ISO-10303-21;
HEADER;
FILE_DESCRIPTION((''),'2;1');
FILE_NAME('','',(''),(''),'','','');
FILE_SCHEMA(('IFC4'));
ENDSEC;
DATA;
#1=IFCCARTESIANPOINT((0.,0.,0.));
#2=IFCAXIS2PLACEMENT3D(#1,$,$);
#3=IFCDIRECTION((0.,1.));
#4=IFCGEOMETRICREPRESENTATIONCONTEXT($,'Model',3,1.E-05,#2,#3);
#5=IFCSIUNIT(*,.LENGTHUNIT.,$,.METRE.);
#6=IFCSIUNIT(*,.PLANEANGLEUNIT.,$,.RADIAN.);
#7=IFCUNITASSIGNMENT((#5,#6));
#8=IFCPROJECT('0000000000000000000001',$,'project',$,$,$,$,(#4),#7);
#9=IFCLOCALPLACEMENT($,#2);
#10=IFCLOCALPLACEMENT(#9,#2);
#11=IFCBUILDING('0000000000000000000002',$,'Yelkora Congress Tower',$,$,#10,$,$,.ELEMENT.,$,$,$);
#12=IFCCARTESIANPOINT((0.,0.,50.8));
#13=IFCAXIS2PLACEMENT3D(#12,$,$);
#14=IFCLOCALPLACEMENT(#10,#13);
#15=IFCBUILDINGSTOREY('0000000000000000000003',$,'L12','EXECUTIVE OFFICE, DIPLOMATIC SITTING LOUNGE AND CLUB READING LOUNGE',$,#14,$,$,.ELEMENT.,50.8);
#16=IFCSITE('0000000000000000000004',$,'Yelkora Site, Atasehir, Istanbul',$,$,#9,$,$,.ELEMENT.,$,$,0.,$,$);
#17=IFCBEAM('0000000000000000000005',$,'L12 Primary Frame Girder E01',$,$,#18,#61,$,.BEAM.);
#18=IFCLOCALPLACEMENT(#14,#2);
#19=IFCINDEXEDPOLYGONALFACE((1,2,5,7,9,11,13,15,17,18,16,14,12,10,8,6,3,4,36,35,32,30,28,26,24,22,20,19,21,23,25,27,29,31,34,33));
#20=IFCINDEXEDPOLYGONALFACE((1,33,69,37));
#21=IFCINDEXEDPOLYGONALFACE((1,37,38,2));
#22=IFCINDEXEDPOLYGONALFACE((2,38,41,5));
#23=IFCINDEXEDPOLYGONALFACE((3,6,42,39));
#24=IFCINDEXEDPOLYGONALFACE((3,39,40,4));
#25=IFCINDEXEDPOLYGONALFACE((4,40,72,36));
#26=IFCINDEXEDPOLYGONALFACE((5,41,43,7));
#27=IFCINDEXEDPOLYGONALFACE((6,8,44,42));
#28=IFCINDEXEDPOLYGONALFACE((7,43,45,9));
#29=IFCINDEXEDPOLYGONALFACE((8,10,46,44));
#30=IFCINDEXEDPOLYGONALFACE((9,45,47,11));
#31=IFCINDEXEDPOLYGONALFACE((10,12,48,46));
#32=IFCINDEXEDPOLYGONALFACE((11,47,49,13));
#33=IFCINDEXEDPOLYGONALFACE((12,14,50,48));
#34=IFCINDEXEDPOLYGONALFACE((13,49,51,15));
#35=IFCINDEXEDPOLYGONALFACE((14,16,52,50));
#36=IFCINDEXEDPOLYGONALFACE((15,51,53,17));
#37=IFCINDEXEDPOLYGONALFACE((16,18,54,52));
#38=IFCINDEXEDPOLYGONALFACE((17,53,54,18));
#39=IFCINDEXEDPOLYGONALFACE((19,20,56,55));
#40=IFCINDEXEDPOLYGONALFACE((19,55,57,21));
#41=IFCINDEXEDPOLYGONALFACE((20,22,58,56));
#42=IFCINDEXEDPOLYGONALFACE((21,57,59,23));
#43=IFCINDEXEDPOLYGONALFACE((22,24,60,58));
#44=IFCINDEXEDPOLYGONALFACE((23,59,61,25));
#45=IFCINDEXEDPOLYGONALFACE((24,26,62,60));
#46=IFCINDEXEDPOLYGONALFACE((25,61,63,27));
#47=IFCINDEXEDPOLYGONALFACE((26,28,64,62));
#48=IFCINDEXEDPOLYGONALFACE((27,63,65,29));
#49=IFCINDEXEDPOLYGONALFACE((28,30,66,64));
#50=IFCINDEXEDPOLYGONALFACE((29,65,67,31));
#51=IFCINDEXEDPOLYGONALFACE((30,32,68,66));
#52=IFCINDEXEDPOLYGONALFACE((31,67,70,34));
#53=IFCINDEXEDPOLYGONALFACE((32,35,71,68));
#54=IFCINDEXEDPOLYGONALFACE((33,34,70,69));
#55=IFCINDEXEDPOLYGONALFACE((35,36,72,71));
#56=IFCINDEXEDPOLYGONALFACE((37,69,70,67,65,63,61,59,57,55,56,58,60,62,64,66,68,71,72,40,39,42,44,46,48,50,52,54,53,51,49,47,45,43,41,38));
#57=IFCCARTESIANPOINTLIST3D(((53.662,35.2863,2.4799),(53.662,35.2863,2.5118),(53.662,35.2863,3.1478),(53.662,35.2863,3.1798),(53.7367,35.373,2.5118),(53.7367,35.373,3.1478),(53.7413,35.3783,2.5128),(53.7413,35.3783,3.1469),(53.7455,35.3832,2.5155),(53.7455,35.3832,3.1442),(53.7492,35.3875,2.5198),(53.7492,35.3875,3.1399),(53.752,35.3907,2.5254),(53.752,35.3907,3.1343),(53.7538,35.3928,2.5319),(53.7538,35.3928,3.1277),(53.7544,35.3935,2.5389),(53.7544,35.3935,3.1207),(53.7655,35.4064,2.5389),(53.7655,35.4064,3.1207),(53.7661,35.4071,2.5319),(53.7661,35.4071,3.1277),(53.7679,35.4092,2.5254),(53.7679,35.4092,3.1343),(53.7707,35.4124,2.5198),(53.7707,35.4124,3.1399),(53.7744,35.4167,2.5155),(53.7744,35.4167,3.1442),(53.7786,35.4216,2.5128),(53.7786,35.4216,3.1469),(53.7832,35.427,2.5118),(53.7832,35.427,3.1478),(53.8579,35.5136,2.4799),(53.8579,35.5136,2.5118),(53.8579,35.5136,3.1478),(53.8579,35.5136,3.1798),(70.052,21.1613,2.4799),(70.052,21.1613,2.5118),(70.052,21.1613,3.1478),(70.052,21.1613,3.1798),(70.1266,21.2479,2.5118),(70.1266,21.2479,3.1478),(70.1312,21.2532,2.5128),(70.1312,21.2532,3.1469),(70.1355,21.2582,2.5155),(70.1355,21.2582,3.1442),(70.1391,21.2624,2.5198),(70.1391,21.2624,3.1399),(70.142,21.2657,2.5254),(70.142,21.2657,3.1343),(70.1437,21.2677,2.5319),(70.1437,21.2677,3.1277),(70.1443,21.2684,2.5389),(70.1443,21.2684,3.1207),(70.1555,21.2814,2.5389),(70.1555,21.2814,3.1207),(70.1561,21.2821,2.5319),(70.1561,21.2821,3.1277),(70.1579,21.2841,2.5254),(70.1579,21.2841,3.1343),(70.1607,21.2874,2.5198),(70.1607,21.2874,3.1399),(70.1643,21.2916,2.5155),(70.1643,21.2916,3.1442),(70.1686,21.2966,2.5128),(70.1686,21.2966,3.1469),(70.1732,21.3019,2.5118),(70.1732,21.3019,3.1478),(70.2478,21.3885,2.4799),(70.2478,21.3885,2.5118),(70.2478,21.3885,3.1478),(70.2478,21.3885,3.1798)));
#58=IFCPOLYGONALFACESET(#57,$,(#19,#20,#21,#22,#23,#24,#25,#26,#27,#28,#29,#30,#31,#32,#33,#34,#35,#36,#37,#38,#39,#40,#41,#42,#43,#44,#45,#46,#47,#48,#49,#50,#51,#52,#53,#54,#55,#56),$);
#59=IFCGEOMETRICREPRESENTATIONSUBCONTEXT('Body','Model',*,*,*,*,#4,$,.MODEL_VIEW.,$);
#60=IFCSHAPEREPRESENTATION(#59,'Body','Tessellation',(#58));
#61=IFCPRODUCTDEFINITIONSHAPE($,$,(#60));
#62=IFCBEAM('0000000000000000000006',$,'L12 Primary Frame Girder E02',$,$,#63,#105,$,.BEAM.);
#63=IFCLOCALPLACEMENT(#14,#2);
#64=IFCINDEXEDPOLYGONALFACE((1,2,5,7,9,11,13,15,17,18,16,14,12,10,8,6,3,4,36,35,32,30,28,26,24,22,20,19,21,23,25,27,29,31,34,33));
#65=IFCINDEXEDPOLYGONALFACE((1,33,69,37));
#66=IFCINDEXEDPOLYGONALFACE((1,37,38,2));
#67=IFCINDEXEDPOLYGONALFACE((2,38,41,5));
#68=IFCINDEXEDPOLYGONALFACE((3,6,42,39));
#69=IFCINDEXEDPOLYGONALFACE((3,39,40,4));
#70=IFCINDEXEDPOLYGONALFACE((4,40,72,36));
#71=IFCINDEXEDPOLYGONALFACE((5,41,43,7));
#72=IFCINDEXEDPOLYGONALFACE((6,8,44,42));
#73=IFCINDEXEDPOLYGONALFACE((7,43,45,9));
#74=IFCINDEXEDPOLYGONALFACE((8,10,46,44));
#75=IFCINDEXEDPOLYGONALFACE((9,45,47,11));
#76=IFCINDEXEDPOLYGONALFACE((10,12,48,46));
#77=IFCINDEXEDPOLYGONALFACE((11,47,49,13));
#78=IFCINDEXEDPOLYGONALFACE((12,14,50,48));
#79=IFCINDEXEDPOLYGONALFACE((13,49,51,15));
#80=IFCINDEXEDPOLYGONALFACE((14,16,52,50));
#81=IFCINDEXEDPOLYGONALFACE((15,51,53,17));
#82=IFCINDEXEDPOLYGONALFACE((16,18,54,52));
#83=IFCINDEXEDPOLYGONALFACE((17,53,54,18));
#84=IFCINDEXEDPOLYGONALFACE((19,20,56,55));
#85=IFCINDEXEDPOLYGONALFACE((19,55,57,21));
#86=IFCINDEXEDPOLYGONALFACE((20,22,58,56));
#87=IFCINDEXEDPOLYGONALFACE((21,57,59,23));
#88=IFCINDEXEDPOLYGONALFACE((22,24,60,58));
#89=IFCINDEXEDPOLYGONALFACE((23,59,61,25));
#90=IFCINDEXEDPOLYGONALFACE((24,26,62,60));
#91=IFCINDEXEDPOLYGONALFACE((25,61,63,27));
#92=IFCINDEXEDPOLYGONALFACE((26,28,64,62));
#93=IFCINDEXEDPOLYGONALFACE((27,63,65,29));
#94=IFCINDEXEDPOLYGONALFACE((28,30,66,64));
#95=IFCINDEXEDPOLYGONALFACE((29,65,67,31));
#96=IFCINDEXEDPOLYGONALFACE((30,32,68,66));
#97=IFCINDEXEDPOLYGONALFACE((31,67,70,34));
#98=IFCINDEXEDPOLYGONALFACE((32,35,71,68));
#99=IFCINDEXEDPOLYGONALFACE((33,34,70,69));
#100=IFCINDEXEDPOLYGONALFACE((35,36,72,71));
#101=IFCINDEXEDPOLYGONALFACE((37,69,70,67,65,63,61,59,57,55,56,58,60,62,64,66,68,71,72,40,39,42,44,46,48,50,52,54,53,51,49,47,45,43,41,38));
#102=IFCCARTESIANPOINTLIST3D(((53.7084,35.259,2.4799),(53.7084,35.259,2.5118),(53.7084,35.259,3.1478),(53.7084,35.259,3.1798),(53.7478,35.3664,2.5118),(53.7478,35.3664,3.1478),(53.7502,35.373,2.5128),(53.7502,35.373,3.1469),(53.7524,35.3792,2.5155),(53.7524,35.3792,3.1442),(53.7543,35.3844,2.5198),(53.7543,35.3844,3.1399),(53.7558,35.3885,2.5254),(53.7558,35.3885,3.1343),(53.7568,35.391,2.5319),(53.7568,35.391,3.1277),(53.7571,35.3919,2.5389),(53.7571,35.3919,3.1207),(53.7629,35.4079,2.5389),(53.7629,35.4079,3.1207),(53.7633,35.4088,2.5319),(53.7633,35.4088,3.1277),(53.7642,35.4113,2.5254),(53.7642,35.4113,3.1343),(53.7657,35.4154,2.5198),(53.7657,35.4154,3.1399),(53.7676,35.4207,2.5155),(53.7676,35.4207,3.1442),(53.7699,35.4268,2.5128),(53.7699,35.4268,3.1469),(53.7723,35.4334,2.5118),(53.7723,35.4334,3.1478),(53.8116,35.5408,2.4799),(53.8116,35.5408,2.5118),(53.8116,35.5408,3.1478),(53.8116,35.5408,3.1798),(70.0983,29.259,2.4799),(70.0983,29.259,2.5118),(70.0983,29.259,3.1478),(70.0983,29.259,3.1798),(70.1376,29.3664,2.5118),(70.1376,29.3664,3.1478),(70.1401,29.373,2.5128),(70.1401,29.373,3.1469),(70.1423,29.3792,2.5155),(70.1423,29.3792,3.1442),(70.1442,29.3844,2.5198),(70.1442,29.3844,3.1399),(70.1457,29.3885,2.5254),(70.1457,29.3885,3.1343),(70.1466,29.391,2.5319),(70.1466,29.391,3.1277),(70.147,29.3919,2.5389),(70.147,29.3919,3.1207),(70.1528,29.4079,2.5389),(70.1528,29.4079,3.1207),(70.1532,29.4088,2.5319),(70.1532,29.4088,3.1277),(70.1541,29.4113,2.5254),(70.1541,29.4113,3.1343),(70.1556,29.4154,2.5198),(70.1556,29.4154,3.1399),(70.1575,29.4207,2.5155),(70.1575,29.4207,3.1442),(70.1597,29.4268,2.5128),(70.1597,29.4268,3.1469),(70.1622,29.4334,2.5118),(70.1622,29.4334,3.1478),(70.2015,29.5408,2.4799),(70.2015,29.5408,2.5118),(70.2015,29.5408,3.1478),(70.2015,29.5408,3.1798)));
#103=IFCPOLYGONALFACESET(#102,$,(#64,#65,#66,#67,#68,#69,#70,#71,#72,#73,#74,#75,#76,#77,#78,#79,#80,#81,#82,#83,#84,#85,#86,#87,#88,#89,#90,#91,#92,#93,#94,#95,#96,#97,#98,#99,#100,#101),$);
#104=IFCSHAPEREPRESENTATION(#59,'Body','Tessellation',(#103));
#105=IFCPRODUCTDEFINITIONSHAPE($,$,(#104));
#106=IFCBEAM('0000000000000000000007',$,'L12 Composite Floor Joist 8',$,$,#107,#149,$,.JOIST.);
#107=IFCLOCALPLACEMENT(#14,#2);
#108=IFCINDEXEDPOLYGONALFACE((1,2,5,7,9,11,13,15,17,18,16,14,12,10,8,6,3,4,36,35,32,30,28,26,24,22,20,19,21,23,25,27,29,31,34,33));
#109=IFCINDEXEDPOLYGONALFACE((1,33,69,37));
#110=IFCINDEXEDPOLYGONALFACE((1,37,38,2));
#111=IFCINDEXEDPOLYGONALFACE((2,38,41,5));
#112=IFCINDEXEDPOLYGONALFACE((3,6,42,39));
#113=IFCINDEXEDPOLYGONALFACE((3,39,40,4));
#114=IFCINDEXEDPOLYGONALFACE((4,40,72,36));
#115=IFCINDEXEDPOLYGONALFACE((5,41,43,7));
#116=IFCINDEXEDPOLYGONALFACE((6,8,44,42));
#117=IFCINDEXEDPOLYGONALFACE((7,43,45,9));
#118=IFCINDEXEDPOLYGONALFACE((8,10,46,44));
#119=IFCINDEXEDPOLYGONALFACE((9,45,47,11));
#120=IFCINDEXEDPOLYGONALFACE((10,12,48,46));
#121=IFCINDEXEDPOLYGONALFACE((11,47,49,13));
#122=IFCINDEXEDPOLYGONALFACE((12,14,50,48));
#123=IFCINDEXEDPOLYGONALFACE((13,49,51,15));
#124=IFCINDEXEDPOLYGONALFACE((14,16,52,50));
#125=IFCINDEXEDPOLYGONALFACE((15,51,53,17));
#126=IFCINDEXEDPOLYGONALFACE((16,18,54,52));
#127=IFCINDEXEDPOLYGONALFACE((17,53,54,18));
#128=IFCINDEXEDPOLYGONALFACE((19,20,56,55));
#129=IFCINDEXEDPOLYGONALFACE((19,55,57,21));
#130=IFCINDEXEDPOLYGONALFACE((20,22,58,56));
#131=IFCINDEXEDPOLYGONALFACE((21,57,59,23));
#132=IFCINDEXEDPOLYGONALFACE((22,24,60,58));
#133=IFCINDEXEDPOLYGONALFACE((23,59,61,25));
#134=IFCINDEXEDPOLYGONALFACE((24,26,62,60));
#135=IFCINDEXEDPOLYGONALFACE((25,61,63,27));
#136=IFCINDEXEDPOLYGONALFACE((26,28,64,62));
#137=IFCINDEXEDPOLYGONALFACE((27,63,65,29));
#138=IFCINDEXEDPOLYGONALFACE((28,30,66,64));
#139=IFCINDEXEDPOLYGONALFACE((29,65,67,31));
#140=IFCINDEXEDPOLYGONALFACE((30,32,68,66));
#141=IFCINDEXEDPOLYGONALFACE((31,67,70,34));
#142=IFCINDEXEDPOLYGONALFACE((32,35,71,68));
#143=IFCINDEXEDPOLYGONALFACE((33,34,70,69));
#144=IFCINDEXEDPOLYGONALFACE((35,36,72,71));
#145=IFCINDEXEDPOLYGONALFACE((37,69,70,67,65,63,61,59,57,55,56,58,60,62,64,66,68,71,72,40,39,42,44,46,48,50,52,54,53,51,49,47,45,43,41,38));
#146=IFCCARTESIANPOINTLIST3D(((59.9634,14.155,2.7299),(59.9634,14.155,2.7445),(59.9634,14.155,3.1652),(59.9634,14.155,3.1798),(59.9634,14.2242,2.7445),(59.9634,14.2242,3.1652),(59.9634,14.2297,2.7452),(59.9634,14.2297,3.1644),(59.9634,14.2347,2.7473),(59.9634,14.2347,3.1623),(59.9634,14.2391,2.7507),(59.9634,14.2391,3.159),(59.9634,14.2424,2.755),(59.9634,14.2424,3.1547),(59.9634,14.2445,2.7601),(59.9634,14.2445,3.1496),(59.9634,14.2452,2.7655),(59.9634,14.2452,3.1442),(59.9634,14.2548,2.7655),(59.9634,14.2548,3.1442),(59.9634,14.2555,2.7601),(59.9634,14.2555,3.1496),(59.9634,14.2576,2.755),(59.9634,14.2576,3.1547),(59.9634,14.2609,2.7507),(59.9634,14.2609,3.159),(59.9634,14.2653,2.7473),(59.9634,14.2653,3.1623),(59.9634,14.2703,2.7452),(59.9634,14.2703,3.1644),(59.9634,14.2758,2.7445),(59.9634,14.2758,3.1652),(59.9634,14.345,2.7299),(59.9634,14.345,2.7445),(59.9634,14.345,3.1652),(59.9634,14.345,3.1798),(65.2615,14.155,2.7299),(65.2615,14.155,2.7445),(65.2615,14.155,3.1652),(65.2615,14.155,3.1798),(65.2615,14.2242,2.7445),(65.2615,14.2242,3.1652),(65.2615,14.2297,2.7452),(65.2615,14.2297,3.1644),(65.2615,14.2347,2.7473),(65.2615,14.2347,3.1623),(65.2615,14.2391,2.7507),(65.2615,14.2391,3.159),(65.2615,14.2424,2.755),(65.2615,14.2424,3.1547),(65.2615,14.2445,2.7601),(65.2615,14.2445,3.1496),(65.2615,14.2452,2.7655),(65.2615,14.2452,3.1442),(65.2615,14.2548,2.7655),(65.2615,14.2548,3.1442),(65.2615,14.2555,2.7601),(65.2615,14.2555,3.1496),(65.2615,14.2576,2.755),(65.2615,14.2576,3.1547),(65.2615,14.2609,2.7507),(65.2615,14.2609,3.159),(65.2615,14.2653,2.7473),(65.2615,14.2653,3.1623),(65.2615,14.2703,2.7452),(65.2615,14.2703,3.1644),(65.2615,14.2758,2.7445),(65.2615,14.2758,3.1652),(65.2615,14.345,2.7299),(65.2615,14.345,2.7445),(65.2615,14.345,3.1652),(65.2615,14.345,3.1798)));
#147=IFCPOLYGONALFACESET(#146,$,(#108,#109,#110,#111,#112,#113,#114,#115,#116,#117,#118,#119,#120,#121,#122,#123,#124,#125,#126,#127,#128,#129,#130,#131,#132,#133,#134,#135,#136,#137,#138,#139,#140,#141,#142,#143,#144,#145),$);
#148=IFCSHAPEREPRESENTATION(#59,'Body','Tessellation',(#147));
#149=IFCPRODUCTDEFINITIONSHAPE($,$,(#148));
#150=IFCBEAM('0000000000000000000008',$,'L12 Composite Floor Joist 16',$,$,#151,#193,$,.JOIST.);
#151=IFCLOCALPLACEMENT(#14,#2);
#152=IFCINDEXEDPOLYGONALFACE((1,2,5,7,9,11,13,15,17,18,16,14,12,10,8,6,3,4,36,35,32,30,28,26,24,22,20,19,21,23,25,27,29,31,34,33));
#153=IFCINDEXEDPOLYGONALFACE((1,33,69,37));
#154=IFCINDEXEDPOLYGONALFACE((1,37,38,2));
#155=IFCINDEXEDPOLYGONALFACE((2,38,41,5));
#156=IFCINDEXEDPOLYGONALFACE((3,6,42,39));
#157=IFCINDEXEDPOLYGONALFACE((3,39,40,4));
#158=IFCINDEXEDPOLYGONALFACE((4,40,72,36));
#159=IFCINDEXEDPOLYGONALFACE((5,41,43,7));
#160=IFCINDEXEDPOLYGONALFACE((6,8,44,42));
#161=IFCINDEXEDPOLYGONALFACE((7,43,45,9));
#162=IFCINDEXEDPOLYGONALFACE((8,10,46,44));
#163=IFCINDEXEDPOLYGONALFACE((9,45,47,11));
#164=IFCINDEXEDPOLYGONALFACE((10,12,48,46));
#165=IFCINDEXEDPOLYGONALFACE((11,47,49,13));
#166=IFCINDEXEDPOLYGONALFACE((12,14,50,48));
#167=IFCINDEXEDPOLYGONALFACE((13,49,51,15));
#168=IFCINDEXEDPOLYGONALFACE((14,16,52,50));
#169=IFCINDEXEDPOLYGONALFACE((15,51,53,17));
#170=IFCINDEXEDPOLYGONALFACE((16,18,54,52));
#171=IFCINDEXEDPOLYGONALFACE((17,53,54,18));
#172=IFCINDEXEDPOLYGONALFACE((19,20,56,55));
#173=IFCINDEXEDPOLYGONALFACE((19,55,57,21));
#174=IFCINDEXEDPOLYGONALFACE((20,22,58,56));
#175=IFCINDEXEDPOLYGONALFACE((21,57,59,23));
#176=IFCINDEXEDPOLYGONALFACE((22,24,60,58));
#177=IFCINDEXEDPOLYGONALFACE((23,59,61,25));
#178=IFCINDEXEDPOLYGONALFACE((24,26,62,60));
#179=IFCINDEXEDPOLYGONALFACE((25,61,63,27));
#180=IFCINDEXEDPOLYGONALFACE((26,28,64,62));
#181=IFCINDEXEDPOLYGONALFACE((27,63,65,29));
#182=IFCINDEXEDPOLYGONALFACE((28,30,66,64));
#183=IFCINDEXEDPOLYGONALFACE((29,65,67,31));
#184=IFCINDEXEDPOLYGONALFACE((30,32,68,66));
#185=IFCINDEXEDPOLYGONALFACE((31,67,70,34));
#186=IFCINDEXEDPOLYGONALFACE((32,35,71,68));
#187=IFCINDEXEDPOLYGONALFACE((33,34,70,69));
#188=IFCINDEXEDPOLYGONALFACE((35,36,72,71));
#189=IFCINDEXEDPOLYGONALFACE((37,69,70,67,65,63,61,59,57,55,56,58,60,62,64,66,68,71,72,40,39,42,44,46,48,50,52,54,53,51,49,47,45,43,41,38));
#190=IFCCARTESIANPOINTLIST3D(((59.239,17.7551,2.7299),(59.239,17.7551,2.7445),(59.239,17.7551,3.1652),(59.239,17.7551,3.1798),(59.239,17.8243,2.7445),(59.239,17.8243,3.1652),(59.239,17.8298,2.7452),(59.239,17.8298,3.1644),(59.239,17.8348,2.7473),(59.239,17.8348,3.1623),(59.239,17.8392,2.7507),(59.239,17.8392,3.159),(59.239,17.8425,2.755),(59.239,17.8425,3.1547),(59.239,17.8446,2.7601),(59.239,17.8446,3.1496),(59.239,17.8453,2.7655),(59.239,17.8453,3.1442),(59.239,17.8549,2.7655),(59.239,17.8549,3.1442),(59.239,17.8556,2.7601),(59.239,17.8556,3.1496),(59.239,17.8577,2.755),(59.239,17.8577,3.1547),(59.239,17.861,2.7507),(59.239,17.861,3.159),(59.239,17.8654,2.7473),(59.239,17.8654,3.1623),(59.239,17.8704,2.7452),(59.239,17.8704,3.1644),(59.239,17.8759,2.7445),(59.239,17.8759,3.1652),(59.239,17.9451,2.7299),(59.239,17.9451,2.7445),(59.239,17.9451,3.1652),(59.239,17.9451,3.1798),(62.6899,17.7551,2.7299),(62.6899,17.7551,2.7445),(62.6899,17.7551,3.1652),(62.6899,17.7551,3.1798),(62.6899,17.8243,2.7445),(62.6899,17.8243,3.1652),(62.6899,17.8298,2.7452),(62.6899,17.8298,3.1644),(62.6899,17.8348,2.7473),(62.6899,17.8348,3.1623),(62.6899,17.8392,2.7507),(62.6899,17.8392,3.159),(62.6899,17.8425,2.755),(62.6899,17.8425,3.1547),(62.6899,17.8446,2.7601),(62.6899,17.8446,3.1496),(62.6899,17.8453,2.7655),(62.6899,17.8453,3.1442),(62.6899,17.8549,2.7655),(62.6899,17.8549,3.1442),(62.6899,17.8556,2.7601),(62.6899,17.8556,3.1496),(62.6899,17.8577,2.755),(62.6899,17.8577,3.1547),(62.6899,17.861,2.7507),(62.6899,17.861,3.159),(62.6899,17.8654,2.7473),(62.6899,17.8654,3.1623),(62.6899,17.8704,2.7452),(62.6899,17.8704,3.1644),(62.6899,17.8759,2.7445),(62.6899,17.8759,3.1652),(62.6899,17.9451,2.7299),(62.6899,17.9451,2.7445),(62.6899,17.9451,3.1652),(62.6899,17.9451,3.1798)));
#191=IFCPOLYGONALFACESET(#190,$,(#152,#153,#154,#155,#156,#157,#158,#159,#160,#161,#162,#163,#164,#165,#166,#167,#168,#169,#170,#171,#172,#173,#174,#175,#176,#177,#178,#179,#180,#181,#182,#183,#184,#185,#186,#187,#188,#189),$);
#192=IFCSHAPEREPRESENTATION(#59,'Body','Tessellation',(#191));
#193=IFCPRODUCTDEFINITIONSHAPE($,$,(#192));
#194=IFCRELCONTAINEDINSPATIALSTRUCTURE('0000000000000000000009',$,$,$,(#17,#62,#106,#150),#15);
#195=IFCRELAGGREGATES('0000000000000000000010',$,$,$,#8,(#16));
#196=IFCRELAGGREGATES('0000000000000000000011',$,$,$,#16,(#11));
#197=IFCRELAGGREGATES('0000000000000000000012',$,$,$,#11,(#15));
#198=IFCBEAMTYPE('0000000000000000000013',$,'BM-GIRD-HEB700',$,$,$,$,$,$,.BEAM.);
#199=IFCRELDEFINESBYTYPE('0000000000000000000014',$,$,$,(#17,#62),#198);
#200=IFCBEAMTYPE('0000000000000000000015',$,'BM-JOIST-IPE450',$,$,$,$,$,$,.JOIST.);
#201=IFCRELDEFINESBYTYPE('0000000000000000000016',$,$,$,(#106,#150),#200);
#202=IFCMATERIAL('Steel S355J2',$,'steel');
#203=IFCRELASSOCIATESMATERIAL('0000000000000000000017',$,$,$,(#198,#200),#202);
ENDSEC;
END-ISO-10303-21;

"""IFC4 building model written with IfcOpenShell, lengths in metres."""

from ifc_helpers import new_model, si_unit, direction, frame, origin, origin_2d, place, context, subcontext, project, spatial, i_section, extrude, material, material_profile, profile_set, type_object, element, save


model = new_model("IFC4")

# Units and contexts
model_context = context("Model", 3, precision=1e-05, world=origin(), true_north=direction((0.0, 1.0)))
body_context = subcontext(model_context, "Body", "Model", "MODEL_VIEW")
ifc_project = project(units=[si_unit("LENGTHUNIT", "METRE"), si_unit("PLANEANGLEUNIT", "RADIAN")], contexts=[model_context])

# Site, building, storey
site_placement = place(None, origin())
site = spatial("IfcSite", under=ifc_project, at=site_placement, Name="Yelkora Site, Atasehir, Istanbul", CompositionType="ELEMENT", RefElevation=0.0)
building_placement = place(site_placement, origin())
building = spatial("IfcBuilding", under=site, at=building_placement, Name="Yelkora Congress Tower", CompositionType="ELEMENT")
storey_placement = place(building_placement, frame((0.0, 0.0, 50.8)))
storey = spatial("IfcBuildingStorey", under=building, at=storey_placement, Name="L12", Description="EXECUTIVE OFFICE, DIPLOMATIC SITTING LOUNGE AND CLUB READING LOUNGE", CompositionType="ELEMENT", Elevation=50.8)

# Beams
ifc_material_1 = material(Name="Steel S355J2", Category="steel")
ifc_material_profile_1 = material_profile(ifc_material_1, i_section(OverallWidth=0.3, OverallDepth=0.7, WebThickness=0.0171, FlangeThickness=0.032, FilletRadius=0.0271, at=origin_2d()), Name="HEB 700")
ifc_profile_set_1 = profile_set([ifc_material_profile_1], Name="Steel S355J2")
beam_type_1 = type_object("IfcBeamType", Name="BM-GIRD-HEB700", PredefinedType="BEAM", material=ifc_profile_set_1)
beam_1_placement = place(storey_placement, frame((70.1499, 21.2749, 2.8298), z_axis=(-0.757506, 0.652828, 0.0), x_axis=(-0.652828, -0.757506, 0.0)))
element("IfcBeam", 1, at=beam_1_placement, inside=storey, type_object=beam_type_1, Name="L12 Primary Frame Girder E01", PredefinedType="BEAM", context=body_context, shape_type="SweptSolid", body=[
    extrude(i_section(OverallWidth=0.3, OverallDepth=0.7, WebThickness=0.0171, FlangeThickness=0.032, FilletRadius=0.0271, at=origin_2d()), origin(), (0.0, 0.0, 1.0), 21.6367),
])
beam_2_placement = place(storey_placement, frame((70.1499, 29.3999, 2.8298), z_axis=(-0.939054, 0.343768, 0.0), x_axis=(-0.343768, -0.939054, 0.0)))
element("IfcBeam", 2, at=beam_2_placement, inside=storey, type_object=beam_type_1, Name="L12 Primary Frame Girder E02", PredefinedType="BEAM", context=body_context, shape_type="SweptSolid", body=[
    extrude(i_section(OverallWidth=0.3, OverallDepth=0.7, WebThickness=0.0171, FlangeThickness=0.032, FilletRadius=0.0271, at=origin_2d()), origin(), (0.0, 0.0, 1.0), 17.4536),
])
ifc_material_profile_2 = material_profile(ifc_material_1, i_section(OverallWidth=0.1899, OverallDepth=0.45, WebThickness=0.0095, FlangeThickness=0.0146, FilletRadius=0.021, at=origin_2d()), Name="IPE 450")
ifc_profile_set_2 = profile_set([ifc_material_profile_2], Name="Steel S355J2")
beam_type_2 = type_object("IfcBeamType", Name="BM-JOIST-IPE450", PredefinedType="JOIST", material=ifc_profile_set_2)
beam_3_placement = place(storey_placement, frame((59.9634, 14.25, 2.9548), z_axis=(1.0, 0.0, 0.0), x_axis=(0.0, 1.0, 0.0)))
element("IfcBeam", 3, at=beam_3_placement, inside=storey, type_object=beam_type_2, Name="L12 Composite Floor Joist 8", PredefinedType="JOIST", context=body_context, shape_type="SweptSolid", body=[
    extrude(i_section(OverallWidth=0.1899, OverallDepth=0.45, WebThickness=0.0095, FlangeThickness=0.0146, FilletRadius=0.021, at=origin_2d()), origin(), (0.0, 0.0, 1.0), 5.2981),
])
beam_4_placement = place(storey_placement, frame((59.239, 17.8501, 2.9548), z_axis=(1.0, 0.0, 0.0), x_axis=(0.0, 1.0, 0.0)))
element("IfcBeam", 4, at=beam_4_placement, inside=storey, type_object=beam_type_2, Name="L12 Composite Floor Joist 16", PredefinedType="JOIST", context=body_context, shape_type="SweptSolid", body=[
    extrude(i_section(OverallWidth=0.1899, OverallDepth=0.45, WebThickness=0.0095, FlangeThickness=0.0146, FilletRadius=0.021, at=origin_2d()), origin(), (0.0, 0.0, 1.0), 3.4509),
])

save(model, "model.ifc")
